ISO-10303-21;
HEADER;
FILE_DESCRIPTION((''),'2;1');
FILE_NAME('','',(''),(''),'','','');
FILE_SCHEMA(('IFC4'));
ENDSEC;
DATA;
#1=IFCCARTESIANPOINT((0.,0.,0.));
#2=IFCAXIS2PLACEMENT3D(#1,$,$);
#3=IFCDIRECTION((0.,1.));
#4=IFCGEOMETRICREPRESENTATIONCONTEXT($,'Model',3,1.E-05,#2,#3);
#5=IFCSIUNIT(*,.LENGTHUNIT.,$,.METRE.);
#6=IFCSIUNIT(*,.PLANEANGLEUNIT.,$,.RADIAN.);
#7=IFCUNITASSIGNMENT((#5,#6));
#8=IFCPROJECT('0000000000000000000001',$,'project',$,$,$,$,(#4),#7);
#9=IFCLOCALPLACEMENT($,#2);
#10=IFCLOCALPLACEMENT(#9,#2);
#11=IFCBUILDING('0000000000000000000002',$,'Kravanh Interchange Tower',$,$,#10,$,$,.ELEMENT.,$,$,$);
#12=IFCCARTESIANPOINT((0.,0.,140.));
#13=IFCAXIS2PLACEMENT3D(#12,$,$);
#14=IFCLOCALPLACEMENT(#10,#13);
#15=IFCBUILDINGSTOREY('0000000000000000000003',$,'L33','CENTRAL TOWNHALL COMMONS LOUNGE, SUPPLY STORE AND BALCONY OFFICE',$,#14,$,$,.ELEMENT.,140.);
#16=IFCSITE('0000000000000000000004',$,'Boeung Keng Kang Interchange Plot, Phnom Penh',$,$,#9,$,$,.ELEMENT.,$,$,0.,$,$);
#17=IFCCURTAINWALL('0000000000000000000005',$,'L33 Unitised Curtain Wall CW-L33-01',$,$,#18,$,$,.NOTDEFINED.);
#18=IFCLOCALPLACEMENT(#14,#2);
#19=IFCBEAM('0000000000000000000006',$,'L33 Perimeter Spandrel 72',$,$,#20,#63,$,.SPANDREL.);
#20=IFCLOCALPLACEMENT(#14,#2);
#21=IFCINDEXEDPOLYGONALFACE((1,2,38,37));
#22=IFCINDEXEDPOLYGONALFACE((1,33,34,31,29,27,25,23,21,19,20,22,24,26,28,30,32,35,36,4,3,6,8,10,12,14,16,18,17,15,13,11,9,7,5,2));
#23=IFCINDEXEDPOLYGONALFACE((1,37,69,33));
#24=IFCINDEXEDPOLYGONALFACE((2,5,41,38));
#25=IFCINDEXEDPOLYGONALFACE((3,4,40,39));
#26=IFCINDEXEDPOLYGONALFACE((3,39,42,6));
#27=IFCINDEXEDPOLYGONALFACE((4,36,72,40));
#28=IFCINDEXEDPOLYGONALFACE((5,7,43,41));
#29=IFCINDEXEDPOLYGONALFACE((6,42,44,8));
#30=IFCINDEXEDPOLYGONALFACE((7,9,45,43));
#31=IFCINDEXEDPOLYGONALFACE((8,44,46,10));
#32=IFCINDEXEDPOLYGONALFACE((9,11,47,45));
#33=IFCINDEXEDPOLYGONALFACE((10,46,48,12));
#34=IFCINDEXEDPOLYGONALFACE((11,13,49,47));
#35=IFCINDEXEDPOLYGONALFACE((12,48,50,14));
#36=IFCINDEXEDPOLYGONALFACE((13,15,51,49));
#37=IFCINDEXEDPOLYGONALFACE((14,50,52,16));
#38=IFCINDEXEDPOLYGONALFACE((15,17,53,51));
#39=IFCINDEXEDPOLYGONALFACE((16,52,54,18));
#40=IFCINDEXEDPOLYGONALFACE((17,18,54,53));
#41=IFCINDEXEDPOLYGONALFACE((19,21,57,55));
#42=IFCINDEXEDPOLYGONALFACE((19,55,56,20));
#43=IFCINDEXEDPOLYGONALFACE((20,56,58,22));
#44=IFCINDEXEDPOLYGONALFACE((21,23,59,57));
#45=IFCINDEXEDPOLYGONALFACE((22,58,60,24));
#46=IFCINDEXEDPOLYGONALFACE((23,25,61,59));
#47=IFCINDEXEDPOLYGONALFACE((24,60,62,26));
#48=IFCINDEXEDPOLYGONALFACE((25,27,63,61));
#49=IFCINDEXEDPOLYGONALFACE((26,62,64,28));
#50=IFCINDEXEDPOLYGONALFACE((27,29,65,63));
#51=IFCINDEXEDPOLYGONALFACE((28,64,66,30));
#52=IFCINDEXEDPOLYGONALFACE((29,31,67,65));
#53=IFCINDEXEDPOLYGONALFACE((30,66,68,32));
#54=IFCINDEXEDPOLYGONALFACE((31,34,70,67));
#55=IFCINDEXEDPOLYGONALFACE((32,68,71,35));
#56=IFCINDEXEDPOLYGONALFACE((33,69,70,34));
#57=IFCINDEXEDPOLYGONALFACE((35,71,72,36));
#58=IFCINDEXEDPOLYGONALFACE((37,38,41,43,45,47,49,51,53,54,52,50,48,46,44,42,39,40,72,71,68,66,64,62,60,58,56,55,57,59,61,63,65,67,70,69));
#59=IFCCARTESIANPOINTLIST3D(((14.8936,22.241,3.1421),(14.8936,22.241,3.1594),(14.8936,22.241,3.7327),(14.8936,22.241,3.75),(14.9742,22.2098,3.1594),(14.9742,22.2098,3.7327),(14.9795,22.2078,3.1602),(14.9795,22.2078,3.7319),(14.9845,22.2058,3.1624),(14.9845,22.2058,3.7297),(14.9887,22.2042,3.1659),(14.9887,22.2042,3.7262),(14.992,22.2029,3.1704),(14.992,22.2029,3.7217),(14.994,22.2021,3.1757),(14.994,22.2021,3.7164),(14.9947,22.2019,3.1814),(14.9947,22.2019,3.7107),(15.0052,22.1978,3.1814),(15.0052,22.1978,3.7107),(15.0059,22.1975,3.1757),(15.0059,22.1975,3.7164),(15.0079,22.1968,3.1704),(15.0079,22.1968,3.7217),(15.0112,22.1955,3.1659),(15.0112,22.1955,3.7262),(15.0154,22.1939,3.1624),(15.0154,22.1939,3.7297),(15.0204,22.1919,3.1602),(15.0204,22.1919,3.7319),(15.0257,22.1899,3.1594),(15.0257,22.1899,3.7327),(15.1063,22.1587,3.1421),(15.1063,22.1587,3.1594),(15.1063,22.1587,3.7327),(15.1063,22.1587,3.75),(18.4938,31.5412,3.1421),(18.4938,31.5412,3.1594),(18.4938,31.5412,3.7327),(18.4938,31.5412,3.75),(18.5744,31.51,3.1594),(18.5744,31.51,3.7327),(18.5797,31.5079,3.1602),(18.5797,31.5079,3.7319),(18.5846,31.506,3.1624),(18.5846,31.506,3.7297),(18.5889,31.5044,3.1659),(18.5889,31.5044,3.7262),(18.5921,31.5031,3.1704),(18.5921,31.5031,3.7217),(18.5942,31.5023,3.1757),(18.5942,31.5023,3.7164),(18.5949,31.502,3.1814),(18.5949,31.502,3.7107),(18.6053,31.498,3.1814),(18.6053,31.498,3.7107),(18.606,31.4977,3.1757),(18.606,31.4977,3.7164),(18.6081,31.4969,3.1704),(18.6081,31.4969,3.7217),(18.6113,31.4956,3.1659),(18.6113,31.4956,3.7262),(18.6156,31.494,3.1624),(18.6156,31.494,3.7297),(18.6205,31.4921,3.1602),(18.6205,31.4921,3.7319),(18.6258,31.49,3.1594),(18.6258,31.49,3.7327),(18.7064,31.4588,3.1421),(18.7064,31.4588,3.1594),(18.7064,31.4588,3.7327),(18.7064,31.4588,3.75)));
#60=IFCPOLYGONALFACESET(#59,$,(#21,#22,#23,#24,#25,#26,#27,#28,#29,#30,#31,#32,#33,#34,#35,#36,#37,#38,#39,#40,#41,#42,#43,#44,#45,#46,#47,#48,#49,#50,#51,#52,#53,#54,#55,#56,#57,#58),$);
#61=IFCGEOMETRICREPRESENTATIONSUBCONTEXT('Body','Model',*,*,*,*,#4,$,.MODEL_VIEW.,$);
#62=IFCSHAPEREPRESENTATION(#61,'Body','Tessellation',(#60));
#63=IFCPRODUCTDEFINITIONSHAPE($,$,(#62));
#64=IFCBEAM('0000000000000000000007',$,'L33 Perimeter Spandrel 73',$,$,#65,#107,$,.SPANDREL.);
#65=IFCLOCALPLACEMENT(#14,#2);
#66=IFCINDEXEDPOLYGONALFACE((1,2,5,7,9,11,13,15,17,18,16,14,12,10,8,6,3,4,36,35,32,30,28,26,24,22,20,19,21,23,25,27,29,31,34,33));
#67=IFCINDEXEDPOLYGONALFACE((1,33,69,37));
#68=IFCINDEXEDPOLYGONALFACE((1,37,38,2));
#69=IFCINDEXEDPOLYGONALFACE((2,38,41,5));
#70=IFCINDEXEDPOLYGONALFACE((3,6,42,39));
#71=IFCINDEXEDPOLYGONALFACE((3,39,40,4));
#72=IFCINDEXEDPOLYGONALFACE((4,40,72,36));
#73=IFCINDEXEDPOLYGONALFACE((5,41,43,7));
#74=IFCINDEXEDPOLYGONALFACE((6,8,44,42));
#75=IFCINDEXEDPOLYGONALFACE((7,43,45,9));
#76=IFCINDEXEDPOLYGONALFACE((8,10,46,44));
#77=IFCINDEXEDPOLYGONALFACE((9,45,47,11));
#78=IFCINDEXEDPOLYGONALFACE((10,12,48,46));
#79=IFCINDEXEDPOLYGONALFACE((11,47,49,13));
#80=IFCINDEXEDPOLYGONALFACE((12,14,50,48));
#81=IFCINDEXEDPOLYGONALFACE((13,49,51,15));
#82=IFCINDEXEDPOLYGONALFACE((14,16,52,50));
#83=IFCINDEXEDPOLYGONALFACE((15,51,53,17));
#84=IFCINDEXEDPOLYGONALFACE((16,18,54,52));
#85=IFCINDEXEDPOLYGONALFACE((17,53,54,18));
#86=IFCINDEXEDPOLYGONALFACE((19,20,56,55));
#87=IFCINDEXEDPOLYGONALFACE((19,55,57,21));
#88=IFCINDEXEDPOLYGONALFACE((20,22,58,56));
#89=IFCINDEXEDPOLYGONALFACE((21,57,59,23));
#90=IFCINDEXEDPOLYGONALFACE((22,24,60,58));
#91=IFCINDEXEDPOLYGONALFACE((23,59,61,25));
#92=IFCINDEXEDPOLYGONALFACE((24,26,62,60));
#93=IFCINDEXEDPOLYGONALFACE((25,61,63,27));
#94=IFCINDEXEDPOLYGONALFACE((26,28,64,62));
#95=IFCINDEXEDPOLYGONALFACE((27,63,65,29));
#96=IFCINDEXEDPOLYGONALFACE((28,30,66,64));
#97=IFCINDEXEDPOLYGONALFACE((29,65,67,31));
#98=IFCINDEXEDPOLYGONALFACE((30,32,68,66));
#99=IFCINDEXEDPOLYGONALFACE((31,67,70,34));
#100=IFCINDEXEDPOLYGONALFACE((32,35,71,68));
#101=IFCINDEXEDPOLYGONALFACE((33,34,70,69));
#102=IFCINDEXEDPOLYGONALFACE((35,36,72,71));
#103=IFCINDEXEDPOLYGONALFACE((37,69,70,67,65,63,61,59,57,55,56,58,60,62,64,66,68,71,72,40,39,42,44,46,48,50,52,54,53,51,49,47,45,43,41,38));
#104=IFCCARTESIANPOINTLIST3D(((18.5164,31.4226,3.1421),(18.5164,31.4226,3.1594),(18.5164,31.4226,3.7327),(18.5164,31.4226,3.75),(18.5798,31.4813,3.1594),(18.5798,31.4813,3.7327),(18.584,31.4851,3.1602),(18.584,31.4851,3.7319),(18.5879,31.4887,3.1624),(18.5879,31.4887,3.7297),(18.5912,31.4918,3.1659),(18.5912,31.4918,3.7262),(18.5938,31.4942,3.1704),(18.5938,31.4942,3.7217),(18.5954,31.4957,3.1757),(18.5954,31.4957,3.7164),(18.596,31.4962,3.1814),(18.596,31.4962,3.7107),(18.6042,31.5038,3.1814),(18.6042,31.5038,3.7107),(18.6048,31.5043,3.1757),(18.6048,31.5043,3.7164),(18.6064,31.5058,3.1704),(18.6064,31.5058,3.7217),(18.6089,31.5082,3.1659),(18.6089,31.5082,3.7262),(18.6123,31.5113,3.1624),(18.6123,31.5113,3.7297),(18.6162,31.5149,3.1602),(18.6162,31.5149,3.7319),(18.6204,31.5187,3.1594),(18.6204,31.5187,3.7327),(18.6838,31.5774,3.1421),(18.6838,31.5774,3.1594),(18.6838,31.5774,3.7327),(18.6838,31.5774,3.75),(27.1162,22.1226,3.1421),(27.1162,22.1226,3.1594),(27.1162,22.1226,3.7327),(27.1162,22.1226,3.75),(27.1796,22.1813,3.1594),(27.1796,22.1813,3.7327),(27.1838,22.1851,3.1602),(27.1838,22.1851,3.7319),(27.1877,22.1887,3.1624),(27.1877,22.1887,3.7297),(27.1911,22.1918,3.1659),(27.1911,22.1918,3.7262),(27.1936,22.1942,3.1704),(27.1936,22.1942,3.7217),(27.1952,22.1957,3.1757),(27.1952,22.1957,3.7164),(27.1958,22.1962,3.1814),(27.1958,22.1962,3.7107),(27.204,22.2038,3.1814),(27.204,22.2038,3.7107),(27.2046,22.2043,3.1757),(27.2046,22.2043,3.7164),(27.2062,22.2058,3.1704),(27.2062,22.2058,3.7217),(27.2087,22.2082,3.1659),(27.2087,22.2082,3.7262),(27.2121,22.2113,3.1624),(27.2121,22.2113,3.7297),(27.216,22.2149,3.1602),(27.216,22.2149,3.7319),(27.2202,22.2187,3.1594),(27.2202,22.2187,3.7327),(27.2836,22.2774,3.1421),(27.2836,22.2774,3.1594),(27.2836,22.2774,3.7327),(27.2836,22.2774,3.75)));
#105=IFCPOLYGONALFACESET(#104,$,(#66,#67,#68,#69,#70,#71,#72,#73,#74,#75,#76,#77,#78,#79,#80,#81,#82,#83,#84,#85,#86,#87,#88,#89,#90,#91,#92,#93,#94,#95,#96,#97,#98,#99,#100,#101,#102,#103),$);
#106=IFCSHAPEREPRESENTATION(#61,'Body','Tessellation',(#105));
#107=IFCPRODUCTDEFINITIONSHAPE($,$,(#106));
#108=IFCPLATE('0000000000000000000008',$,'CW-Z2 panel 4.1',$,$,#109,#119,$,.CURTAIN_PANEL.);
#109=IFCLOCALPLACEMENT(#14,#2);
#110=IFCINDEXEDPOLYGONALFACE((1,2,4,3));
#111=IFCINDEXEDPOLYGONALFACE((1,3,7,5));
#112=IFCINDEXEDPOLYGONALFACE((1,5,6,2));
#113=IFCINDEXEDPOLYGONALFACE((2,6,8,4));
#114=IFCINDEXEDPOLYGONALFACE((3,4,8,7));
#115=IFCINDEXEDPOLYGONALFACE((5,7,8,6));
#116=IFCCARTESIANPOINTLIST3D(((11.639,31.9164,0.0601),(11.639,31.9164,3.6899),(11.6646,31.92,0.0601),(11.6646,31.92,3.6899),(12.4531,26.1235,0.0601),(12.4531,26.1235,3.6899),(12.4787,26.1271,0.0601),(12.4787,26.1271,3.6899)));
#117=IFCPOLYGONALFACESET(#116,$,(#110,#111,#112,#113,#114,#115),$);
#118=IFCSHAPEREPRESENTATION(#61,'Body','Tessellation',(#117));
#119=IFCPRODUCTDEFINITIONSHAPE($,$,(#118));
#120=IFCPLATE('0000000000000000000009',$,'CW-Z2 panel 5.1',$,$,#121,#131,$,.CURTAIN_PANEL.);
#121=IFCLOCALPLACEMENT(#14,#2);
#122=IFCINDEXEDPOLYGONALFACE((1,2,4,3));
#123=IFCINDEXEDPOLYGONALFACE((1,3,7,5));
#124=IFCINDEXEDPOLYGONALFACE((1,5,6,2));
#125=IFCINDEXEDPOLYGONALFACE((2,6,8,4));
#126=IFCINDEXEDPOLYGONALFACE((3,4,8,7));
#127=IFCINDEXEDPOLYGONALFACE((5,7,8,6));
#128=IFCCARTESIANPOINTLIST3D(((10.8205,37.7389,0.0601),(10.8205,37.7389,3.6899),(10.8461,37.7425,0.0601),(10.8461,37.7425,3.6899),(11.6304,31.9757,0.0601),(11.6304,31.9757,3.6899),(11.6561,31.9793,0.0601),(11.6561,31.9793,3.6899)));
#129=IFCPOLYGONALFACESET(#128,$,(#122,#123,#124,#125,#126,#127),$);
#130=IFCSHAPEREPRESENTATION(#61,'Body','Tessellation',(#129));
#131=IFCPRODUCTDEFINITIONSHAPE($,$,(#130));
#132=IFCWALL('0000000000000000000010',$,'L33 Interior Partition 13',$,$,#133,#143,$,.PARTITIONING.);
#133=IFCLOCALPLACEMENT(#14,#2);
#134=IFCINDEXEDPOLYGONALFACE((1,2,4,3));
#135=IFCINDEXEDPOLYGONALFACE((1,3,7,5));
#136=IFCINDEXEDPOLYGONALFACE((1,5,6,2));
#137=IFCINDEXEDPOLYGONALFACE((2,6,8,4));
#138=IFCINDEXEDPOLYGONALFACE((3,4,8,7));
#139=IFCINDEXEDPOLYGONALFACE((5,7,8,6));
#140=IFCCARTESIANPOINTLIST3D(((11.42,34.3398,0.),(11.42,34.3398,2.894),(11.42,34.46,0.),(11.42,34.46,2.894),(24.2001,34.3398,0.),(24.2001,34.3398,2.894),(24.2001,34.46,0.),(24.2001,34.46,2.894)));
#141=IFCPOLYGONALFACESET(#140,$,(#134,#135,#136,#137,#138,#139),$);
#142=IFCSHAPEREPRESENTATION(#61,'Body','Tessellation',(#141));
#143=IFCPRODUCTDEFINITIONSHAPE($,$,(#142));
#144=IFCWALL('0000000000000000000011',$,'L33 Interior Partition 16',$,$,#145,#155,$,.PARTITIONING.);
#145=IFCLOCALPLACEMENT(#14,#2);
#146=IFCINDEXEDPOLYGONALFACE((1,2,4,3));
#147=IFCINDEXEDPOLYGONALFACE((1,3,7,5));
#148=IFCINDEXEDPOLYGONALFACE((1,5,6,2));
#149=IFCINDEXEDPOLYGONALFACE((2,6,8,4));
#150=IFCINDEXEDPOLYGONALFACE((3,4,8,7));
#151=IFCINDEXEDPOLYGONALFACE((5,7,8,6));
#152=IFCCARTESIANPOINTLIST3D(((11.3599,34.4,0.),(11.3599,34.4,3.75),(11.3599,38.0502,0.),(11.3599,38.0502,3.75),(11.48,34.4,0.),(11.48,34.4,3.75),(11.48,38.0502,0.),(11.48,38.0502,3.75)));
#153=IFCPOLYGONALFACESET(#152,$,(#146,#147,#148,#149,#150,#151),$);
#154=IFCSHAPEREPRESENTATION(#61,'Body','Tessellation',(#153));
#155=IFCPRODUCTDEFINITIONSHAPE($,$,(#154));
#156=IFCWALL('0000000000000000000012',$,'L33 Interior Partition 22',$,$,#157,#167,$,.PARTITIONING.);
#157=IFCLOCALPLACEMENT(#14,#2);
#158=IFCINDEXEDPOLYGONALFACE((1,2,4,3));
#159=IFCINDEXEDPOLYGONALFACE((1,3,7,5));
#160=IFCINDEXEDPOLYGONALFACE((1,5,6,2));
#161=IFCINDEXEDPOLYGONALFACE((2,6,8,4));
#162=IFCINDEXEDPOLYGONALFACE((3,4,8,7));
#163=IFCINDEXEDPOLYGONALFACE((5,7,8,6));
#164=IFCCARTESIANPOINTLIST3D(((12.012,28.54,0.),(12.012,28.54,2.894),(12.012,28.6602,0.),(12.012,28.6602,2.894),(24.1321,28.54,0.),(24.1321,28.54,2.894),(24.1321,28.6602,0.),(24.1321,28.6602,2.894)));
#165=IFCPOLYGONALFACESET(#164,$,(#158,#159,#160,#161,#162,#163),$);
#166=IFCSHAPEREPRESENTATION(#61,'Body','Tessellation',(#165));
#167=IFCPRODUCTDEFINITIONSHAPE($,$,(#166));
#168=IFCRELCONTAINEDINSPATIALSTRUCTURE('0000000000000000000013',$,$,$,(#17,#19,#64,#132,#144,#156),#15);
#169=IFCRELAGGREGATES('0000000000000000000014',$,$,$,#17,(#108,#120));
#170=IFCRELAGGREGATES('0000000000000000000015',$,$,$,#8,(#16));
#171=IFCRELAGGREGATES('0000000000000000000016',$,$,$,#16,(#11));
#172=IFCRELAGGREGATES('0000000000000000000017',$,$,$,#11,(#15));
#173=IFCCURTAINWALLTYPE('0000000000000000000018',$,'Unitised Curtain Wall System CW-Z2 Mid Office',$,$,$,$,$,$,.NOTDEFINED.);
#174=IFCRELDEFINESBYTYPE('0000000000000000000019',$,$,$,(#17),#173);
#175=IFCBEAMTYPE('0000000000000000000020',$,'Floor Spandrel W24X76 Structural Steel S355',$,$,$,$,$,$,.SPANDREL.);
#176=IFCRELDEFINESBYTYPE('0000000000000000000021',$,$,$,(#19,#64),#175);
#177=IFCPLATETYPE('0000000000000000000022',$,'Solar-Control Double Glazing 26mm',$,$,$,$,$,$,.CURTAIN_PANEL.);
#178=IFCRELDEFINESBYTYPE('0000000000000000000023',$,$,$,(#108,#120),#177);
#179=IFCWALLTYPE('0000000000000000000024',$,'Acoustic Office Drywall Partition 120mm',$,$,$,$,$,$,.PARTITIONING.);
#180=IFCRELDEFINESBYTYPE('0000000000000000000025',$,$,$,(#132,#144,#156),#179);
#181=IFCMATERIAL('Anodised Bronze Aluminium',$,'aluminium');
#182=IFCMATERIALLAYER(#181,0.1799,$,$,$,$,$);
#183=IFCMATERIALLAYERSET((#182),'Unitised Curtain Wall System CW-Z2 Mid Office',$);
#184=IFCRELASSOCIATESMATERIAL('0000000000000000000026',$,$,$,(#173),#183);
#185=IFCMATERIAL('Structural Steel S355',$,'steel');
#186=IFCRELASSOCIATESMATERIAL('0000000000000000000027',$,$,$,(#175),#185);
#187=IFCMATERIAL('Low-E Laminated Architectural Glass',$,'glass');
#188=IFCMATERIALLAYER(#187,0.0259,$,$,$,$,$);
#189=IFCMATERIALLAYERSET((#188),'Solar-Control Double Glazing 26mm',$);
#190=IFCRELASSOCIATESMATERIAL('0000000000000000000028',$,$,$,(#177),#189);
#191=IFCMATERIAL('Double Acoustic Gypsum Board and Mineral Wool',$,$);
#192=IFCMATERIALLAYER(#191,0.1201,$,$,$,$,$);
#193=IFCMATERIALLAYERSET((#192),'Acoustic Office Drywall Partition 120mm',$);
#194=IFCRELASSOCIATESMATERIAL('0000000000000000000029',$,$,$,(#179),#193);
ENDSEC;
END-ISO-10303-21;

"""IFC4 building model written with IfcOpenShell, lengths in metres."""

from ifc_helpers import new_model, si_unit, direction, frame, frame_2d, origin, origin_2d, place, context, subcontext, project, spatial, rectangle, i_section, extrude, material, layer, layer_set, material_profile, profile_set, type_object, element, aggregate, save


model = new_model("IFC4")

# Units and contexts
model_context = context("Model", 3, precision=1e-05, world=origin(), true_north=direction((0.0, 1.0)))
body_context = subcontext(model_context, "Body", "Model", "MODEL_VIEW")
ifc_project = project(units=[si_unit("LENGTHUNIT", "METRE"), si_unit("PLANEANGLEUNIT", "RADIAN")], contexts=[model_context])

# Site, building, storey
site_placement = place(None, origin())
site = spatial("IfcSite", under=ifc_project, at=site_placement, Name="Boeung Keng Kang Interchange Plot, Phnom Penh", CompositionType="ELEMENT", RefElevation=0.0)
building_placement = place(site_placement, origin())
building = spatial("IfcBuilding", under=site, at=building_placement, Name="Kravanh Interchange Tower", CompositionType="ELEMENT")
storey_placement = place(building_placement, frame((0.0, 0.0, 140.0)))
storey = spatial("IfcBuildingStorey", under=building, at=storey_placement, Name="L33", Description="CENTRAL TOWNHALL COMMONS LOUNGE, SUPPLY STORE AND BALCONY OFFICE", CompositionType="ELEMENT", Elevation=140.0)

# Curtain wall
ifc_material_1 = material(Name="Anodised Bronze Aluminium", Category="aluminium")
ifc_layer_1 = layer(ifc_material_1, 0.1799)
ifc_layer_set_1 = layer_set([ifc_layer_1], Name="Unitised Curtain Wall System CW-Z2 Mid Office")
curtain_wall_type = type_object("IfcCurtainWallType", Name="Unitised Curtain Wall System CW-Z2 Mid Office", PredefinedType="NOTDEFINED", material=ifc_layer_set_1)
curtain_wall_placement = place(storey_placement, origin())
curtain_wall = element("IfcCurtainWall", 1, at=curtain_wall_placement, inside=storey, type_object=curtain_wall_type, Name="L33 Unitised Curtain Wall CW-L33-01", PredefinedType="NOTDEFINED")

# Beams
ifc_material_2 = material(Name="Structural Steel S355", Category="steel")
ifc_material_profile_1 = material_profile(ifc_material_2, i_section(OverallWidth=0.228, OverallDepth=0.6079, WebThickness=0.0112, FlangeThickness=0.0173, FilletRadius=0.022, at=origin_2d()), Name="W24X76")
ifc_profile_set_1 = profile_set([ifc_material_profile_1], Name="Structural Steel S355")
beam_type_1 = type_object("IfcBeamType", Name="Floor Spandrel W24X76 Structural Steel S355", PredefinedType="SPANDREL", material=ifc_profile_set_1)
beam_1_placement = place(storey_placement, frame((18.6001, 31.5, 3.446), z_axis=(-0.361001, -0.932565, 0.0), x_axis=(0.932565, -0.361001, 0.0)))
element("IfcBeam", 2, at=beam_1_placement, inside=storey, type_object=beam_type_1, Name="L33 Perimeter Spandrel 72", PredefinedType="SPANDREL", context=body_context, shape_type="SweptSolid", body=[
    extrude(i_section(OverallWidth=0.228, OverallDepth=0.6079, WebThickness=0.0112, FlangeThickness=0.0173, FilletRadius=0.022, at=origin_2d()), origin(), (0.0, 0.0, 1.0), 9.9727),
])
beam_2_placement = place(storey_placement, frame((18.6001, 31.5, 3.446), z_axis=(0.678927, -0.734205, 0.0), x_axis=(0.734205, 0.678927, 0.0)))
element("IfcBeam", 3, at=beam_2_placement, inside=storey, type_object=beam_type_1, Name="L33 Perimeter Spandrel 73", PredefinedType="SPANDREL", context=body_context, shape_type="SweptSolid", body=[
    extrude(i_section(OverallWidth=0.228, OverallDepth=0.6079, WebThickness=0.0112, FlangeThickness=0.0173, FilletRadius=0.022, at=origin_2d()), origin(), (0.0, 0.0, 1.0), 12.6667),
])

# Plates
ifc_material_3 = material(Name="Low-E Laminated Architectural Glass", Category="glass")
ifc_layer_2 = layer(ifc_material_3, 0.0259)
ifc_layer_set_2 = layer_set([ifc_layer_2], Name="Solar-Control Double Glazing 26mm")
plate_type = type_object("IfcPlateType", Name="Solar-Control Double Glazing 26mm", PredefinedType="CURTAIN_PANEL", material=ifc_layer_set_2)
plate_1_placement = place(storey_placement, frame((12.0588, 29.0217, 0.0601), z_axis=(0.0, 0.0, 1.0), x_axis=(-0.139173, 0.990268, 0.0)))
plate_1 = element("IfcPlate", 4, at=plate_1_placement, type_object=plate_type, Name="CW-Z2 panel 4.1", PredefinedType="CURTAIN_PANEL", context=body_context, shape_type="SweptSolid", body=[
    extrude(rectangle(XDim=5.8499, YDim=0.0259, at=origin_2d()), origin(), (0.0, 0.0, 1.0), 3.6299),
])
plate_2_placement = place(storey_placement, frame((11.2383, 34.8591, 0.0601), z_axis=(0.0, 0.0, 1.0), x_axis=(-0.139173, 0.990268, 0.0)))
plate_2 = element("IfcPlate", 5, at=plate_2_placement, type_object=plate_type, Name="CW-Z2 panel 5.1", PredefinedType="CURTAIN_PANEL", context=body_context, shape_type="SweptSolid", body=[
    extrude(rectangle(XDim=5.8198, YDim=0.0259, at=origin_2d()), origin(), (0.0, 0.0, 1.0), 3.6299),
])
aggregate(curtain_wall, [plate_1, plate_2])

# Walls
ifc_material_4 = material(Name="Double Acoustic Gypsum Board and Mineral Wool")
ifc_layer_3 = layer(ifc_material_4, 0.1201)
ifc_layer_set_3 = layer_set([ifc_layer_3], Name="Acoustic Office Drywall Partition 120mm")
wall_type = type_object("IfcWallType", Name="Acoustic Office Drywall Partition 120mm", PredefinedType="PARTITIONING", material=ifc_layer_set_3)
wall_1_placement = place(storey_placement, frame((11.4199, 34.3999, 0.0), z_axis=(0.0, 0.0, 1.0), x_axis=(1.0, 0.0, 0.0)))
element("IfcWall", 6, at=wall_1_placement, inside=storey, type_object=wall_type, Name="L33 Interior Partition 13", PredefinedType="PARTITIONING", context=body_context, shape_type="SweptSolid", body=[
    extrude(rectangle(XDim=12.78, YDim=0.1201, at=frame_2d((6.3901, 0.0))), origin(), (0.0, 0.0, 1.0), 2.894),
])
wall_2_placement = place(storey_placement, frame((11.4199, 34.3999, 0.0), z_axis=(0.0, 0.0, 1.0), x_axis=(0.0, 1.0, 0.0)))
element("IfcWall", 7, at=wall_2_placement, inside=storey, type_object=wall_type, Name="L33 Interior Partition 16", PredefinedType="PARTITIONING", context=body_context, shape_type="SweptSolid", body=[
    extrude(rectangle(XDim=3.6501, YDim=0.1201, at=frame_2d((1.8252, 0.0))), origin(), (0.0, 0.0, 1.0), 3.75),
])
wall_3_placement = place(storey_placement, frame((12.012, 28.6001, 0.0), z_axis=(0.0, 0.0, 1.0), x_axis=(1.0, 0.0, 0.0)))
element("IfcWall", 8, at=wall_3_placement, inside=storey, type_object=wall_type, Name="L33 Interior Partition 22", PredefinedType="PARTITIONING", context=body_context, shape_type="SweptSolid", body=[
    extrude(rectangle(XDim=12.1201, YDim=0.1201, at=frame_2d((6.0601, 0.0))), origin(), (0.0, 0.0, 1.0), 2.894),
])

save(model, "model.ifc")
